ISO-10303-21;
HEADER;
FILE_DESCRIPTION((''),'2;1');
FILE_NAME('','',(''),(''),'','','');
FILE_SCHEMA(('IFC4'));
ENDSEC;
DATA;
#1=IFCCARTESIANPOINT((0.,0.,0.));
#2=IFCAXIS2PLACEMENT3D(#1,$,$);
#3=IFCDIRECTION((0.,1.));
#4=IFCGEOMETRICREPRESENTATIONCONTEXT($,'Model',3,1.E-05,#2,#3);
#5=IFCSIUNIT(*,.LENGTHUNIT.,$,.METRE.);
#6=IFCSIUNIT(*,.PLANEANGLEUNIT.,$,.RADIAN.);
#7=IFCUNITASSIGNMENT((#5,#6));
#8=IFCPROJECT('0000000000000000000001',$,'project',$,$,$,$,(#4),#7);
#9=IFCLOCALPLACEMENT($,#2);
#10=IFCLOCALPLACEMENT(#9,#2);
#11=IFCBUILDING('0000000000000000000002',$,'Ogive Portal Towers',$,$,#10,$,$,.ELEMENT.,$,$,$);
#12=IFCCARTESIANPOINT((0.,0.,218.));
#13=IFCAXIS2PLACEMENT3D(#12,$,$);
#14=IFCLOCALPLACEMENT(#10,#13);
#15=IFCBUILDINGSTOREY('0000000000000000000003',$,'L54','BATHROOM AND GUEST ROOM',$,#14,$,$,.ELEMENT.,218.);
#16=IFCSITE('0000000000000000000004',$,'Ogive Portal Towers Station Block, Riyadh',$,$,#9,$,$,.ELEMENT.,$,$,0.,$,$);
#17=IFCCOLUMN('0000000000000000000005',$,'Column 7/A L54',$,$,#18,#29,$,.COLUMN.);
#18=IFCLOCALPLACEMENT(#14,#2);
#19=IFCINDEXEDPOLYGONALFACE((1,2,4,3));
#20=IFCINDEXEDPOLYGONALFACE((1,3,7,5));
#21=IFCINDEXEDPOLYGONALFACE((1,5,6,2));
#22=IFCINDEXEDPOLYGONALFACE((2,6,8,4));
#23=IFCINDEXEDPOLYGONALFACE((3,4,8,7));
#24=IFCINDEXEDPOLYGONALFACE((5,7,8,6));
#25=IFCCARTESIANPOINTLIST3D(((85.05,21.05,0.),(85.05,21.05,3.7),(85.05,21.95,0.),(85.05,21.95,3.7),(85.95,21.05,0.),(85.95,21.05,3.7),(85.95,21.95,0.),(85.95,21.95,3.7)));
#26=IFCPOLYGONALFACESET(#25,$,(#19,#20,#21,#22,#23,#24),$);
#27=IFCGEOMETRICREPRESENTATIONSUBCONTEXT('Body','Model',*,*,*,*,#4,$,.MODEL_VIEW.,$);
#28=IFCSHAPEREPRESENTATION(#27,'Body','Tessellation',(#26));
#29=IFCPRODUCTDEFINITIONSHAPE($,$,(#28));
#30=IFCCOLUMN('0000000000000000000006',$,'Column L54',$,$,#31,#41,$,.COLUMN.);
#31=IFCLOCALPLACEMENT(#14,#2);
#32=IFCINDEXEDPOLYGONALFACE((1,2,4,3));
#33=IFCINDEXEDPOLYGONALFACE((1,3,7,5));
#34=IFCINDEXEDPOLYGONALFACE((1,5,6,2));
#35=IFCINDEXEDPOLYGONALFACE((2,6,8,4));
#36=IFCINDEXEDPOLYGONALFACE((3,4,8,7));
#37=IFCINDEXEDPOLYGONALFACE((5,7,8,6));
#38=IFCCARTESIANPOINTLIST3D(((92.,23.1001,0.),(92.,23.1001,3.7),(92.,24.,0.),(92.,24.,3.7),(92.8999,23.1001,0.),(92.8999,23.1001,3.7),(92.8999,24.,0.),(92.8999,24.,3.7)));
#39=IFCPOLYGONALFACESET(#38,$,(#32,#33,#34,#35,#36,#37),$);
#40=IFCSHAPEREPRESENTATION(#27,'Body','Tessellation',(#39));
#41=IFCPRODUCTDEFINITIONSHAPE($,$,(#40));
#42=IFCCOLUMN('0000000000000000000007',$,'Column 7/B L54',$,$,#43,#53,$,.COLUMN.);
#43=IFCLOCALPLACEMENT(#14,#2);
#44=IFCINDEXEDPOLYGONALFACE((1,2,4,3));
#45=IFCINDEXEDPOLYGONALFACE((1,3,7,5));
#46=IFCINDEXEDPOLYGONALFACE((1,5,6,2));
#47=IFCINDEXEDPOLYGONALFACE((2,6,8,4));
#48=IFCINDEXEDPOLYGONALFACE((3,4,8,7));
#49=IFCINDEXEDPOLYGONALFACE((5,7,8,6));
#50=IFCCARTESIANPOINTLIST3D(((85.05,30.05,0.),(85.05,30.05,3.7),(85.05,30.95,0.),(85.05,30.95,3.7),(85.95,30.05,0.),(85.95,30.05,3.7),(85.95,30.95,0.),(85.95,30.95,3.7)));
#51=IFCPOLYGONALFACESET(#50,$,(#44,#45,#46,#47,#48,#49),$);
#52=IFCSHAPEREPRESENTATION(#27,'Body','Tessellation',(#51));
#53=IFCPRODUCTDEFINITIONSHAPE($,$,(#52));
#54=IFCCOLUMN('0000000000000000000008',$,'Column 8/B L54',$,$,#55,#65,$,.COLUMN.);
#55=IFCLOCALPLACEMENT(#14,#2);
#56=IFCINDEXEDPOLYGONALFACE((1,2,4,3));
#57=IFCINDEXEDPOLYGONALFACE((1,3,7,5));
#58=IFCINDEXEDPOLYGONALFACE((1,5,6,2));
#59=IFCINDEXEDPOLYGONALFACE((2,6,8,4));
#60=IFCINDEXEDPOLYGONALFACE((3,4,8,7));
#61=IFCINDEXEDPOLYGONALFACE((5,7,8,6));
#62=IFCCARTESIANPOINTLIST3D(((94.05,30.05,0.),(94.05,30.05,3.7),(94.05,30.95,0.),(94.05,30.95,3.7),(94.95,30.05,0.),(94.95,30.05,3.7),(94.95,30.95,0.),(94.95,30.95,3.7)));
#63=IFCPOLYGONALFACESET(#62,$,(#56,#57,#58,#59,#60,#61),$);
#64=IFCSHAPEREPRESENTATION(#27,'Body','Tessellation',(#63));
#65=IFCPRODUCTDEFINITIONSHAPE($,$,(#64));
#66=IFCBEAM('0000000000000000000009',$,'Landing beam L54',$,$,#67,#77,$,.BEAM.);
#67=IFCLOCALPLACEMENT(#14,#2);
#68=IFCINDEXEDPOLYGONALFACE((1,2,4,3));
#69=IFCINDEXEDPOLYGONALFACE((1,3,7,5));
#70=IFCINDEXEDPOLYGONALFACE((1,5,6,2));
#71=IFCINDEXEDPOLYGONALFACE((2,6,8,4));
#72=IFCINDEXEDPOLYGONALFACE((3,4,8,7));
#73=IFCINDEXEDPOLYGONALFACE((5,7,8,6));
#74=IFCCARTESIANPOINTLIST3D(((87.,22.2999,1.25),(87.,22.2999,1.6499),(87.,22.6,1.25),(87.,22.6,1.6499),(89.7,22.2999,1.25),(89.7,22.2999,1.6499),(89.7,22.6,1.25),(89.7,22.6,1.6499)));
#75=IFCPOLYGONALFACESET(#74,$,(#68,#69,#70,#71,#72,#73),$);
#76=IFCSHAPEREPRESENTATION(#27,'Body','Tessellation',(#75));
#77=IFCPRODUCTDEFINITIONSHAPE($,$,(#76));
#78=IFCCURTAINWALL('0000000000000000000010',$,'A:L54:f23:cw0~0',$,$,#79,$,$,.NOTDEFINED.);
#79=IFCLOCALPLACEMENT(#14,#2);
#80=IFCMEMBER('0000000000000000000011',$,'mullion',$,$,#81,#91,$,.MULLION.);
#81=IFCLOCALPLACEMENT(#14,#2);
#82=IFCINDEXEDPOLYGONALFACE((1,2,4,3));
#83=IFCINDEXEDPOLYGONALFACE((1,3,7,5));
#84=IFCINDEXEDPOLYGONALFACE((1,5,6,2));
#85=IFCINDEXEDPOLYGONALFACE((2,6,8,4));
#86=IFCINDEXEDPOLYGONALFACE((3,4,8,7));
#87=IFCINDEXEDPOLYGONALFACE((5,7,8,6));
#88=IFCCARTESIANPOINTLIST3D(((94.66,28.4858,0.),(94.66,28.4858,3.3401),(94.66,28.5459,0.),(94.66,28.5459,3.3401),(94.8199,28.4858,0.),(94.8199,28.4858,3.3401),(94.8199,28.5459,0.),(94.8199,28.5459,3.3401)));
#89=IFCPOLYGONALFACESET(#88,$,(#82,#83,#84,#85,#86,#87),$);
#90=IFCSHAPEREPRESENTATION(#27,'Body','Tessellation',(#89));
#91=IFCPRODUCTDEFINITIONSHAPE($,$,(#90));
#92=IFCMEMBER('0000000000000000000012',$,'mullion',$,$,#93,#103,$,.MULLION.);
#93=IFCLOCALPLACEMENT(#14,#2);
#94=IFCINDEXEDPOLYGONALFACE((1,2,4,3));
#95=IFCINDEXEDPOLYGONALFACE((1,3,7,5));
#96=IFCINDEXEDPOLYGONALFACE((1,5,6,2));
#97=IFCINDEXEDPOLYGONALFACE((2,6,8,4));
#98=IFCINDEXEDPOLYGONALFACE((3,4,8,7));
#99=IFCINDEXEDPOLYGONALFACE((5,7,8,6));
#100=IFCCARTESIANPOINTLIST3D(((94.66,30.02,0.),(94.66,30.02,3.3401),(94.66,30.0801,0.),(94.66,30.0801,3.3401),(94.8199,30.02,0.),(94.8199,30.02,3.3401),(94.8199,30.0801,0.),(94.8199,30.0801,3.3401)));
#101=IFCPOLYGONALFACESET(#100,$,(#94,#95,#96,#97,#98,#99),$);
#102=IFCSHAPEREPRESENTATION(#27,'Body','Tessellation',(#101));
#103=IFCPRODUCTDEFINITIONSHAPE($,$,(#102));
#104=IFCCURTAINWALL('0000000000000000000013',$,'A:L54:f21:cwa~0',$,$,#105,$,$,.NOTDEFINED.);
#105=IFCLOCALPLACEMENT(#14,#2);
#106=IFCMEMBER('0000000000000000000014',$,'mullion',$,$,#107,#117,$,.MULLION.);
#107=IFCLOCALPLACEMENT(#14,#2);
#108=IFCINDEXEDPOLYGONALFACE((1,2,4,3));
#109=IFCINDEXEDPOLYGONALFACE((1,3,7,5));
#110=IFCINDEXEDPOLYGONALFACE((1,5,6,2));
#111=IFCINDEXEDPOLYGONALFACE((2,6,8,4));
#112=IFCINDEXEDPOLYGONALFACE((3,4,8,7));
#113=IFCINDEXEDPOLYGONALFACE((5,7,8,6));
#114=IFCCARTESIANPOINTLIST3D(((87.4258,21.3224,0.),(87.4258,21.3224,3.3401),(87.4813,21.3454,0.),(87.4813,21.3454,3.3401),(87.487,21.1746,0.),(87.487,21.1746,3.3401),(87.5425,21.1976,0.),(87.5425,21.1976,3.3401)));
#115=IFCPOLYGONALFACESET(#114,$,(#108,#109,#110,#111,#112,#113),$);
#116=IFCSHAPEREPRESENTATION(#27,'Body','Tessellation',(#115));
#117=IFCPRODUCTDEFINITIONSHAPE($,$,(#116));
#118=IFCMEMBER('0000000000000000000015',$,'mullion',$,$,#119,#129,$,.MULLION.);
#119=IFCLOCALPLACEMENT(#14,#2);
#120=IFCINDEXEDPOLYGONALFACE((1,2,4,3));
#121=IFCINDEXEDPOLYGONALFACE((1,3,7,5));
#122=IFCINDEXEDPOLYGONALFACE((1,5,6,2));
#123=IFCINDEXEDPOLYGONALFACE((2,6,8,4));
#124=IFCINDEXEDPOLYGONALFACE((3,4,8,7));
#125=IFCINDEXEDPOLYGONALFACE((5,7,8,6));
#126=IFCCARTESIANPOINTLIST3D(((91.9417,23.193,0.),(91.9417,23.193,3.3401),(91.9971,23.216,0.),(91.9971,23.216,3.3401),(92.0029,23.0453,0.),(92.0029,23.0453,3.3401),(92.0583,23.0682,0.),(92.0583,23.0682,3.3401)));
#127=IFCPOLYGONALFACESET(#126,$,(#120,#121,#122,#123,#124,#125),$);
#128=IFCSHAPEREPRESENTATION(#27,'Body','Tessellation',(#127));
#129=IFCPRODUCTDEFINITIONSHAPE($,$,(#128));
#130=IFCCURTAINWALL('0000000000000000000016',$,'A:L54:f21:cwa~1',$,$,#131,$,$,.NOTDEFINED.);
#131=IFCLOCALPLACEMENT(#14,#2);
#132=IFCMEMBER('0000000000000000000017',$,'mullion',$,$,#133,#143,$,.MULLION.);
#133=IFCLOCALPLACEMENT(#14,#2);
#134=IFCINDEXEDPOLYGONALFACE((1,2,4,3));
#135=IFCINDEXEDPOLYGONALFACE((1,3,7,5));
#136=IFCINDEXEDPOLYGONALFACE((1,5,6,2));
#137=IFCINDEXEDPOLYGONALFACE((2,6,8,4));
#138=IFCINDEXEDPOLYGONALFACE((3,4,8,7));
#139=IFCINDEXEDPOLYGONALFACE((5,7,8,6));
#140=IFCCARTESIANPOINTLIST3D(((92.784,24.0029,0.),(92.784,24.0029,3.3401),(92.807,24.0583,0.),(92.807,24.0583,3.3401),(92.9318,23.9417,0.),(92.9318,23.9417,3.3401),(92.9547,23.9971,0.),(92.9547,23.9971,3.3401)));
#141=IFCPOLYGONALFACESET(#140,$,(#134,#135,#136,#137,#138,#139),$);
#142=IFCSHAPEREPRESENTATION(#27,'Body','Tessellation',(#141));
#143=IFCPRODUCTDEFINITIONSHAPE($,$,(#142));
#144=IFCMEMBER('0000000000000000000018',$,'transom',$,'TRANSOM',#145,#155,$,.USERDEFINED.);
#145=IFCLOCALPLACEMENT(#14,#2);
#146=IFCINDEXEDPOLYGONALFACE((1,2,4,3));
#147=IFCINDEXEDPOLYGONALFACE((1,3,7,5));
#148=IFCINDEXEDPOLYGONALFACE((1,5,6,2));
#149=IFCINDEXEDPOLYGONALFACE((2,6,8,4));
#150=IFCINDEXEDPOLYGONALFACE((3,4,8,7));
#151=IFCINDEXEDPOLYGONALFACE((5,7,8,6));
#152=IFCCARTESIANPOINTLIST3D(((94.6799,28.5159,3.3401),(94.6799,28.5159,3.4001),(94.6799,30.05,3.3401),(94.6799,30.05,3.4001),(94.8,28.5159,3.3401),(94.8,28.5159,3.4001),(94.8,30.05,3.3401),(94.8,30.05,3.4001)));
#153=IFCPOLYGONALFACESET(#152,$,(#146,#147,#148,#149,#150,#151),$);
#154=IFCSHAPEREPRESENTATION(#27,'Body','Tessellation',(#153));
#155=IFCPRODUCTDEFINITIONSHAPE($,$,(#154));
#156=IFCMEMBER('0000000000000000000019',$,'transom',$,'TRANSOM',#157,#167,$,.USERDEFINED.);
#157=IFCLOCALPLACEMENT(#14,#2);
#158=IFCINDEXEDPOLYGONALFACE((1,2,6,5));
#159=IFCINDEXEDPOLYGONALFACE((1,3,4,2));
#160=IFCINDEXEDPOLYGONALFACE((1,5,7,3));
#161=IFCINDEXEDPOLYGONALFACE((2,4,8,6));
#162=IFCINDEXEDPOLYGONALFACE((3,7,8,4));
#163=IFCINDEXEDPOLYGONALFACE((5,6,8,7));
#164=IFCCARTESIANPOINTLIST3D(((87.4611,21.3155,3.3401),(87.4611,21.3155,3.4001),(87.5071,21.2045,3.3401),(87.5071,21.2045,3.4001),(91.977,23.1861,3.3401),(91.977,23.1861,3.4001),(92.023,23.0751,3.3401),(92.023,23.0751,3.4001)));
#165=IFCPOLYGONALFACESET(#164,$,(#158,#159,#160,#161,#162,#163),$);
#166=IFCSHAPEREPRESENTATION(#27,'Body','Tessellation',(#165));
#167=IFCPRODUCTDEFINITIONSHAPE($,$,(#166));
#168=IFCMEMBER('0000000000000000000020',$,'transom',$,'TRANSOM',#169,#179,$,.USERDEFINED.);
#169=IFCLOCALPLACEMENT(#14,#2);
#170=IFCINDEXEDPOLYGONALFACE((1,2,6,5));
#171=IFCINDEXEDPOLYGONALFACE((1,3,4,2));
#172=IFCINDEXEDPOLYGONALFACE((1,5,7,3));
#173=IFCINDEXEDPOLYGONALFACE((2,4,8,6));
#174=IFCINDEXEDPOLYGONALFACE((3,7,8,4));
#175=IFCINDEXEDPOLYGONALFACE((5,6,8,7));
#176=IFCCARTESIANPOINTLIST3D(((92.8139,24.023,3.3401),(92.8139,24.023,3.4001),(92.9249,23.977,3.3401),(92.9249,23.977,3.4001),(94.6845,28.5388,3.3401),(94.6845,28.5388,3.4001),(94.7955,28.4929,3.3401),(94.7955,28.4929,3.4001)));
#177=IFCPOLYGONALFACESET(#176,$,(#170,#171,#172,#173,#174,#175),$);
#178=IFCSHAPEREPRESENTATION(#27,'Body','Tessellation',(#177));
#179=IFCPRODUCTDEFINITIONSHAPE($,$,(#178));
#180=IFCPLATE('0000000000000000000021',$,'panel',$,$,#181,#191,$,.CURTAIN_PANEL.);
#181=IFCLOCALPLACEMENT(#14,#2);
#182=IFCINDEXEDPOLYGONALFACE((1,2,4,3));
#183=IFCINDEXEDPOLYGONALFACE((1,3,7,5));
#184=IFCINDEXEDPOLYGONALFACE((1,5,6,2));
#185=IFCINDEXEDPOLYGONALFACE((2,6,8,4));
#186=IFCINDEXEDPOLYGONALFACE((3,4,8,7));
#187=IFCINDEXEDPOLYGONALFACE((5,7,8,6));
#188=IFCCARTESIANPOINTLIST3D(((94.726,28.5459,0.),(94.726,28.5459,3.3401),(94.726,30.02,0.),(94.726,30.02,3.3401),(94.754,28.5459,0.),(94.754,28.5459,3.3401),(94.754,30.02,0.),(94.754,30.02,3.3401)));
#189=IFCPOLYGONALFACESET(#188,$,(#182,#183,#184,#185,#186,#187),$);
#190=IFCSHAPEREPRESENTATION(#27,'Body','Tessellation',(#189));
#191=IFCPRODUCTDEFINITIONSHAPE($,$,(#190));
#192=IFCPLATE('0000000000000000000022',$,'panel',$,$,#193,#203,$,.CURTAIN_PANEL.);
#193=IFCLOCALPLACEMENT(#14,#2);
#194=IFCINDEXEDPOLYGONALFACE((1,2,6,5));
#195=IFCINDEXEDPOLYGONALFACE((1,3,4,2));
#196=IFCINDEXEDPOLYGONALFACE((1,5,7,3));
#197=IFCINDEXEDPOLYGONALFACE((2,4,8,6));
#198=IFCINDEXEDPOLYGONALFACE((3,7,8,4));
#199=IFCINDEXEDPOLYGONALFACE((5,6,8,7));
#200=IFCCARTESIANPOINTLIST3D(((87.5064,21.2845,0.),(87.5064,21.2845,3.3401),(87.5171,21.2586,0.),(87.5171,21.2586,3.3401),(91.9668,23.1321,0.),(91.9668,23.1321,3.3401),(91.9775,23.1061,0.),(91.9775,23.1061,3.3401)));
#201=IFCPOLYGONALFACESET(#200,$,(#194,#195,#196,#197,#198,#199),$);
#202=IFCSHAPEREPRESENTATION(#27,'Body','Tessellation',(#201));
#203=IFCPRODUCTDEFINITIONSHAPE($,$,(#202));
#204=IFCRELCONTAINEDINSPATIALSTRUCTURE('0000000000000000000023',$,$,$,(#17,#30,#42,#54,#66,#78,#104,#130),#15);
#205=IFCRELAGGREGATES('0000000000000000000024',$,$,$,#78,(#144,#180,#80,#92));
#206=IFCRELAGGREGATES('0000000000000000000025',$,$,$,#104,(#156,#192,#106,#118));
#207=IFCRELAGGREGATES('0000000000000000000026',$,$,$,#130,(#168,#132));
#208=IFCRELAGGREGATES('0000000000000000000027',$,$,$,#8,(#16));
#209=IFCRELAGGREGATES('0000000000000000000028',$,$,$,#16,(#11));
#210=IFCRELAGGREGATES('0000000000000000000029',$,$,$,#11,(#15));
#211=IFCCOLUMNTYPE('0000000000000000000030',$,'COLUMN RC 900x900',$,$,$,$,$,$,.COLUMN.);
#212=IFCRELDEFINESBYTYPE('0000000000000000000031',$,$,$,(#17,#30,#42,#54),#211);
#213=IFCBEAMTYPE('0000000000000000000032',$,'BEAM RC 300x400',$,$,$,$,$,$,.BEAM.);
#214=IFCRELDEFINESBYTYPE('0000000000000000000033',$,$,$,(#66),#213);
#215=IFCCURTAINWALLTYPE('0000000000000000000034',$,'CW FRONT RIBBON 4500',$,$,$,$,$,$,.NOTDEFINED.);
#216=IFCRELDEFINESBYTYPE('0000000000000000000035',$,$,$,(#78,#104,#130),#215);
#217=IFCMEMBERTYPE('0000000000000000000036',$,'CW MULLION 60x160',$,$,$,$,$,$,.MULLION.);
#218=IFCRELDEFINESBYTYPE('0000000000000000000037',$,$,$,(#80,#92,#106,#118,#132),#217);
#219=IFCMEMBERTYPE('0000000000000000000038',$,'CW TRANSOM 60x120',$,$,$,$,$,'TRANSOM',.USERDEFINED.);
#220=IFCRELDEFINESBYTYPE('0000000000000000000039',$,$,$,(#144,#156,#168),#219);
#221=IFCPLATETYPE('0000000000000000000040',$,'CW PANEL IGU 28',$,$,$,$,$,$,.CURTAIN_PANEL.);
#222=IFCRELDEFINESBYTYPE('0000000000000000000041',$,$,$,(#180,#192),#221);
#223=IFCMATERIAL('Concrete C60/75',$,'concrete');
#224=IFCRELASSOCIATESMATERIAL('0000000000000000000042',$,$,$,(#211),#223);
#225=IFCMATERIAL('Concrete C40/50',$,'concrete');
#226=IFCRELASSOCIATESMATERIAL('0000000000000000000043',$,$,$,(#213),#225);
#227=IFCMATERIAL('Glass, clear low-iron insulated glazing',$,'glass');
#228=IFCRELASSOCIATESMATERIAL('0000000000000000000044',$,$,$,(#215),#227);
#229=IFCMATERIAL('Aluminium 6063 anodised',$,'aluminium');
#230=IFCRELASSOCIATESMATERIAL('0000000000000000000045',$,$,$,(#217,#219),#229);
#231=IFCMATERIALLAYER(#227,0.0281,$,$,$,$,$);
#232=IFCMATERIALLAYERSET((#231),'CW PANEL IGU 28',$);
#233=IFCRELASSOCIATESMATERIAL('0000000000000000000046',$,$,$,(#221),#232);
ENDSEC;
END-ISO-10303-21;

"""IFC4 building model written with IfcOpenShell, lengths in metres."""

from ifc_helpers import new_model, si_unit, direction, frame, origin, origin_2d, place, context, subcontext, project, spatial, rectangle, extrude, material, layer, layer_set, material_profile, profile_set, type_object, element, aggregate, save


model = new_model("IFC4")

# Units and contexts
model_context = context("Model", 3, precision=1e-05, world=origin(), true_north=direction((0.0, 1.0)))
body_context = subcontext(model_context, "Body", "Model", "MODEL_VIEW")
ifc_project = project(units=[si_unit("LENGTHUNIT", "METRE"), si_unit("PLANEANGLEUNIT", "RADIAN")], contexts=[model_context])

# Site, building, storey
site_placement = place(None, origin())
site = spatial("IfcSite", under=ifc_project, at=site_placement, Name="Ogive Portal Towers Station Block, Riyadh", CompositionType="ELEMENT", RefElevation=0.0)
building_placement = place(site_placement, origin())
building = spatial("IfcBuilding", under=site, at=building_placement, Name="Ogive Portal Towers", CompositionType="ELEMENT")
storey_placement = place(building_placement, frame((0.0, 0.0, 218.0)))
storey = spatial("IfcBuildingStorey", under=building, at=storey_placement, Name="L54", Description="BATHROOM AND GUEST ROOM", CompositionType="ELEMENT", Elevation=218.0)

# Columns
ifc_material_1 = material(Name="Concrete C60/75", Category="concrete")
ifc_material_profile_1 = material_profile(ifc_material_1, rectangle(XDim=0.8999, YDim=0.8999, at=origin_2d()), Name="RC 900x900")
ifc_profile_set_1 = profile_set([ifc_material_profile_1], Name="Concrete C60/75")
column_type = type_object("IfcColumnType", Name="COLUMN RC 900x900", PredefinedType="COLUMN", material=ifc_profile_set_1)
for number, where, z_axis, x_axis, name in (
    (1, (85.5, 21.5, 0.0), (0.0, 0.0, 1.0), (1.0, 0.0, 0.0), "Column 7/A L54"),
    (2, (92.45, 23.55, 0.0), (0.0, 0.0, 1.0), (1.0, 0.0, 0.0), "Column L54"),
    (3, (85.5, 30.5, 0.0), (0.0, 0.0, 1.0), (1.0, 0.0, 0.0), "Column 7/B L54"),
    (4, (94.5, 30.5, 0.0), (0.0, 0.0, 1.0), (1.0, 0.0, 0.0), "Column 8/B L54"),
):
    element("IfcColumn", number, at=place(storey_placement, frame(where, z_axis=z_axis, x_axis=x_axis)), inside=storey, type_object=column_type, Name=name, PredefinedType="COLUMN", context=body_context, shape_type="SweptSolid", body=[
        extrude(rectangle(XDim=0.8999, YDim=0.8999, at=origin_2d()), origin(), (0.0, 0.0, 1.0), 3.7),
    ])

# Beam
ifc_material_2 = material(Name="Concrete C40/50", Category="concrete")
ifc_material_profile_2 = material_profile(ifc_material_2, rectangle(XDim=0.3, YDim=0.3999, at=origin_2d()), Name="RC 300x400")
ifc_profile_set_2 = profile_set([ifc_material_profile_2], Name="Concrete C40/50")
beam_type = type_object("IfcBeamType", Name="BEAM RC 300x400", PredefinedType="BEAM", material=ifc_profile_set_2)
beam_placement = place(storey_placement, frame((87.0, 22.45, 1.45), z_axis=(1.0, 0.0, 0.0), x_axis=(0.0, 1.0, 0.0)))
element("IfcBeam", 5, at=beam_placement, inside=storey, type_object=beam_type, Name="Landing beam L54", PredefinedType="BEAM", context=body_context, shape_type="SweptSolid", body=[
    extrude(rectangle(XDim=0.3, YDim=0.3999, at=origin_2d()), origin(), (0.0, 0.0, 1.0), 2.7),
])

# Curtain walls, members
ifc_material_3 = material(Name="Glass, clear low-iron insulated glazing", Category="glass")
curtain_wall_type = type_object("IfcCurtainWallType", Name="CW FRONT RIBBON 4500", PredefinedType="NOTDEFINED", material=ifc_material_3)
curtain_wall_1_placement = place(storey_placement, origin())
curtain_wall_1 = element("IfcCurtainWall", 6, at=curtain_wall_1_placement, inside=storey, type_object=curtain_wall_type, Name="A:L54:f23:cw0~0", PredefinedType="NOTDEFINED")
ifc_material_4 = material(Name="Aluminium 6063 anodised", Category="aluminium")
ifc_material_profile_3 = material_profile(ifc_material_4, rectangle(XDim=0.1599, YDim=0.0601, at=origin_2d()), Name="AL 60x160")
ifc_profile_set_3 = profile_set([ifc_material_profile_3], Name="Aluminium 6063 anodised")
member_type_1 = type_object("IfcMemberType", Name="CW MULLION 60x160", PredefinedType="MULLION", material=ifc_profile_set_3)
member_1_placement = place(storey_placement, frame((94.74, 28.5159, 0.0), z_axis=(0.0, 0.0, 1.0), x_axis=(-1.0, 0.0, 0.0)))
member_1 = element("IfcMember", 7, at=member_1_placement, type_object=member_type_1, Name="mullion", PredefinedType="MULLION", context=body_context, shape_type="SweptSolid", body=[
    extrude(rectangle(XDim=0.1599, YDim=0.0601, at=origin_2d()), origin(), (0.0, 0.0, 1.0), 3.3401),
])
member_2_placement = place(storey_placement, frame((94.74, 30.05, 0.0), z_axis=(0.0, 0.0, 1.0), x_axis=(-1.0, 0.0, 0.0)))
member_2 = element("IfcMember", 8, at=member_2_placement, type_object=member_type_1, Name="mullion", PredefinedType="MULLION", context=body_context, shape_type="SweptSolid", body=[
    extrude(rectangle(XDim=0.1599, YDim=0.0601, at=origin_2d()), origin(), (0.0, 0.0, 1.0), 3.3401),
])
curtain_wall_2_placement = place(storey_placement, origin())
curtain_wall_2 = element("IfcCurtainWall", 9, at=curtain_wall_2_placement, inside=storey, type_object=curtain_wall_type, Name="A:L54:f21:cwa~0", PredefinedType="NOTDEFINED")
member_3_placement = place(storey_placement, frame((87.4841, 21.26, 0.0), z_axis=(0.0, 0.0, 1.0), x_axis=(-0.382683, 0.92388, 0.0)))
member_3 = element("IfcMember", 10, at=member_3_placement, type_object=member_type_1, Name="mullion", PredefinedType="MULLION", context=body_context, shape_type="SweptSolid", body=[
    extrude(rectangle(XDim=0.1599, YDim=0.0601, at=origin_2d()), origin(), (0.0, 0.0, 1.0), 3.3401),
])
member_4_placement = place(storey_placement, frame((92.0, 23.1306, 0.0), z_axis=(0.0, 0.0, 1.0), x_axis=(-0.382683, 0.92388, 0.0)))
member_4 = element("IfcMember", 11, at=member_4_placement, type_object=member_type_1, Name="mullion", PredefinedType="MULLION", context=body_context, shape_type="SweptSolid", body=[
    extrude(rectangle(XDim=0.1599, YDim=0.0601, at=origin_2d()), origin(), (0.0, 0.0, 1.0), 3.3401),
])

# Curtain wall, member
curtain_wall_3_placement = place(storey_placement, origin())
curtain_wall_3 = element("IfcCurtainWall", 12, at=curtain_wall_3_placement, inside=storey, type_object=curtain_wall_type, Name="A:L54:f21:cwa~1", PredefinedType="NOTDEFINED")
member_5_placement = place(storey_placement, frame((92.8694, 24.0, 0.0), z_axis=(0.0, 0.0, 1.0), x_axis=(-0.92388, 0.382683, 0.0)))
member_5 = element("IfcMember", 13, at=member_5_placement, type_object=member_type_1, Name="mullion", PredefinedType="MULLION", context=body_context, shape_type="SweptSolid", body=[
    extrude(rectangle(XDim=0.1599, YDim=0.0601, at=origin_2d()), origin(), (0.0, 0.0, 1.0), 3.3401),
])

# Members
ifc_material_profile_4 = material_profile(ifc_material_4, rectangle(XDim=0.1201, YDim=0.0601, at=origin_2d()), Name="AL 120x60")
ifc_profile_set_4 = profile_set([ifc_material_profile_4], Name="Aluminium 6063 anodised")
member_type_2 = type_object("IfcMemberType", Name="CW TRANSOM 60x120", ElementType="TRANSOM", PredefinedType="USERDEFINED", material=ifc_profile_set_4)
member_6_placement = place(storey_placement, frame((94.74, 28.5159, 3.3701), z_axis=(0.0, 1.0, 0.0), x_axis=(-1.0, 0.0, 0.0)))
member_6 = element("IfcMember", 14, at=member_6_placement, type_object=member_type_2, Name="transom", ObjectType="TRANSOM", PredefinedType="USERDEFINED", context=body_context, shape_type="SweptSolid", body=[
    extrude(rectangle(XDim=0.1201, YDim=0.0601, at=origin_2d()), origin(), (0.0, 0.0, 1.0), 1.5342),
])
member_7_placement = place(storey_placement, frame((87.4841, 21.26, 3.3701), z_axis=(0.923874, 0.382696, 0.0), x_axis=(-0.382696, 0.923874, 0.0)))
member_7 = element("IfcMember", 15, at=member_7_placement, type_object=member_type_2, Name="transom", ObjectType="TRANSOM", PredefinedType="USERDEFINED", context=body_context, shape_type="SweptSolid", body=[
    extrude(rectangle(XDim=0.1201, YDim=0.0601, at=origin_2d()), origin(), (0.0, 0.0, 1.0), 4.8879),
])
member_8_placement = place(storey_placement, frame((92.8694, 24.0, 3.3701), z_axis=(0.382696, 0.923874, 0.0), x_axis=(-0.923874, 0.382696, 0.0)))
member_8 = element("IfcMember", 16, at=member_8_placement, type_object=member_type_2, Name="transom", ObjectType="TRANSOM", PredefinedType="USERDEFINED", context=body_context, shape_type="SweptSolid", body=[
    extrude(rectangle(XDim=0.1201, YDim=0.0601, at=origin_2d()), origin(), (0.0, 0.0, 1.0), 4.8879),
])

# Plates
ifc_layer_1 = layer(ifc_material_3, 0.0281)
ifc_layer_set_1 = layer_set([ifc_layer_1], Name="CW PANEL IGU 28")
plate_type = type_object("IfcPlateType", Name="CW PANEL IGU 28", PredefinedType="CURTAIN_PANEL", material=ifc_layer_set_1)
plate_1_placement = place(storey_placement, frame((94.74, 29.283, 0.0), z_axis=(0.0, 0.0, 1.0), x_axis=(0.0, 1.0, 0.0)))
plate_1 = element("IfcPlate", 17, at=plate_1_placement, type_object=plate_type, Name="panel", PredefinedType="CURTAIN_PANEL", context=body_context, shape_type="SweptSolid", body=[
    extrude(rectangle(XDim=1.4741, YDim=0.0281, at=origin_2d()), origin(), (0.0, 0.0, 1.0), 3.3401),
])
aggregate(curtain_wall_1, [member_6, plate_1, member_1, member_2])
plate_2_placement = place(storey_placement, frame((89.7419, 22.1953, 0.0), z_axis=(0.0, 0.0, 1.0), x_axis=(0.92388, 0.382683, 0.0)))
plate_2 = element("IfcPlate", 18, at=plate_2_placement, type_object=plate_type, Name="panel", PredefinedType="CURTAIN_PANEL", context=body_context, shape_type="SweptSolid", body=[
    extrude(rectangle(XDim=4.8279, YDim=0.0281, at=origin_2d()), origin(), (0.0, 0.0, 1.0), 3.3401),
])
aggregate(curtain_wall_2, [member_7, plate_2, member_3, member_4])
aggregate(curtain_wall_3, [member_8, member_5])

save(model, "model.ifc")
